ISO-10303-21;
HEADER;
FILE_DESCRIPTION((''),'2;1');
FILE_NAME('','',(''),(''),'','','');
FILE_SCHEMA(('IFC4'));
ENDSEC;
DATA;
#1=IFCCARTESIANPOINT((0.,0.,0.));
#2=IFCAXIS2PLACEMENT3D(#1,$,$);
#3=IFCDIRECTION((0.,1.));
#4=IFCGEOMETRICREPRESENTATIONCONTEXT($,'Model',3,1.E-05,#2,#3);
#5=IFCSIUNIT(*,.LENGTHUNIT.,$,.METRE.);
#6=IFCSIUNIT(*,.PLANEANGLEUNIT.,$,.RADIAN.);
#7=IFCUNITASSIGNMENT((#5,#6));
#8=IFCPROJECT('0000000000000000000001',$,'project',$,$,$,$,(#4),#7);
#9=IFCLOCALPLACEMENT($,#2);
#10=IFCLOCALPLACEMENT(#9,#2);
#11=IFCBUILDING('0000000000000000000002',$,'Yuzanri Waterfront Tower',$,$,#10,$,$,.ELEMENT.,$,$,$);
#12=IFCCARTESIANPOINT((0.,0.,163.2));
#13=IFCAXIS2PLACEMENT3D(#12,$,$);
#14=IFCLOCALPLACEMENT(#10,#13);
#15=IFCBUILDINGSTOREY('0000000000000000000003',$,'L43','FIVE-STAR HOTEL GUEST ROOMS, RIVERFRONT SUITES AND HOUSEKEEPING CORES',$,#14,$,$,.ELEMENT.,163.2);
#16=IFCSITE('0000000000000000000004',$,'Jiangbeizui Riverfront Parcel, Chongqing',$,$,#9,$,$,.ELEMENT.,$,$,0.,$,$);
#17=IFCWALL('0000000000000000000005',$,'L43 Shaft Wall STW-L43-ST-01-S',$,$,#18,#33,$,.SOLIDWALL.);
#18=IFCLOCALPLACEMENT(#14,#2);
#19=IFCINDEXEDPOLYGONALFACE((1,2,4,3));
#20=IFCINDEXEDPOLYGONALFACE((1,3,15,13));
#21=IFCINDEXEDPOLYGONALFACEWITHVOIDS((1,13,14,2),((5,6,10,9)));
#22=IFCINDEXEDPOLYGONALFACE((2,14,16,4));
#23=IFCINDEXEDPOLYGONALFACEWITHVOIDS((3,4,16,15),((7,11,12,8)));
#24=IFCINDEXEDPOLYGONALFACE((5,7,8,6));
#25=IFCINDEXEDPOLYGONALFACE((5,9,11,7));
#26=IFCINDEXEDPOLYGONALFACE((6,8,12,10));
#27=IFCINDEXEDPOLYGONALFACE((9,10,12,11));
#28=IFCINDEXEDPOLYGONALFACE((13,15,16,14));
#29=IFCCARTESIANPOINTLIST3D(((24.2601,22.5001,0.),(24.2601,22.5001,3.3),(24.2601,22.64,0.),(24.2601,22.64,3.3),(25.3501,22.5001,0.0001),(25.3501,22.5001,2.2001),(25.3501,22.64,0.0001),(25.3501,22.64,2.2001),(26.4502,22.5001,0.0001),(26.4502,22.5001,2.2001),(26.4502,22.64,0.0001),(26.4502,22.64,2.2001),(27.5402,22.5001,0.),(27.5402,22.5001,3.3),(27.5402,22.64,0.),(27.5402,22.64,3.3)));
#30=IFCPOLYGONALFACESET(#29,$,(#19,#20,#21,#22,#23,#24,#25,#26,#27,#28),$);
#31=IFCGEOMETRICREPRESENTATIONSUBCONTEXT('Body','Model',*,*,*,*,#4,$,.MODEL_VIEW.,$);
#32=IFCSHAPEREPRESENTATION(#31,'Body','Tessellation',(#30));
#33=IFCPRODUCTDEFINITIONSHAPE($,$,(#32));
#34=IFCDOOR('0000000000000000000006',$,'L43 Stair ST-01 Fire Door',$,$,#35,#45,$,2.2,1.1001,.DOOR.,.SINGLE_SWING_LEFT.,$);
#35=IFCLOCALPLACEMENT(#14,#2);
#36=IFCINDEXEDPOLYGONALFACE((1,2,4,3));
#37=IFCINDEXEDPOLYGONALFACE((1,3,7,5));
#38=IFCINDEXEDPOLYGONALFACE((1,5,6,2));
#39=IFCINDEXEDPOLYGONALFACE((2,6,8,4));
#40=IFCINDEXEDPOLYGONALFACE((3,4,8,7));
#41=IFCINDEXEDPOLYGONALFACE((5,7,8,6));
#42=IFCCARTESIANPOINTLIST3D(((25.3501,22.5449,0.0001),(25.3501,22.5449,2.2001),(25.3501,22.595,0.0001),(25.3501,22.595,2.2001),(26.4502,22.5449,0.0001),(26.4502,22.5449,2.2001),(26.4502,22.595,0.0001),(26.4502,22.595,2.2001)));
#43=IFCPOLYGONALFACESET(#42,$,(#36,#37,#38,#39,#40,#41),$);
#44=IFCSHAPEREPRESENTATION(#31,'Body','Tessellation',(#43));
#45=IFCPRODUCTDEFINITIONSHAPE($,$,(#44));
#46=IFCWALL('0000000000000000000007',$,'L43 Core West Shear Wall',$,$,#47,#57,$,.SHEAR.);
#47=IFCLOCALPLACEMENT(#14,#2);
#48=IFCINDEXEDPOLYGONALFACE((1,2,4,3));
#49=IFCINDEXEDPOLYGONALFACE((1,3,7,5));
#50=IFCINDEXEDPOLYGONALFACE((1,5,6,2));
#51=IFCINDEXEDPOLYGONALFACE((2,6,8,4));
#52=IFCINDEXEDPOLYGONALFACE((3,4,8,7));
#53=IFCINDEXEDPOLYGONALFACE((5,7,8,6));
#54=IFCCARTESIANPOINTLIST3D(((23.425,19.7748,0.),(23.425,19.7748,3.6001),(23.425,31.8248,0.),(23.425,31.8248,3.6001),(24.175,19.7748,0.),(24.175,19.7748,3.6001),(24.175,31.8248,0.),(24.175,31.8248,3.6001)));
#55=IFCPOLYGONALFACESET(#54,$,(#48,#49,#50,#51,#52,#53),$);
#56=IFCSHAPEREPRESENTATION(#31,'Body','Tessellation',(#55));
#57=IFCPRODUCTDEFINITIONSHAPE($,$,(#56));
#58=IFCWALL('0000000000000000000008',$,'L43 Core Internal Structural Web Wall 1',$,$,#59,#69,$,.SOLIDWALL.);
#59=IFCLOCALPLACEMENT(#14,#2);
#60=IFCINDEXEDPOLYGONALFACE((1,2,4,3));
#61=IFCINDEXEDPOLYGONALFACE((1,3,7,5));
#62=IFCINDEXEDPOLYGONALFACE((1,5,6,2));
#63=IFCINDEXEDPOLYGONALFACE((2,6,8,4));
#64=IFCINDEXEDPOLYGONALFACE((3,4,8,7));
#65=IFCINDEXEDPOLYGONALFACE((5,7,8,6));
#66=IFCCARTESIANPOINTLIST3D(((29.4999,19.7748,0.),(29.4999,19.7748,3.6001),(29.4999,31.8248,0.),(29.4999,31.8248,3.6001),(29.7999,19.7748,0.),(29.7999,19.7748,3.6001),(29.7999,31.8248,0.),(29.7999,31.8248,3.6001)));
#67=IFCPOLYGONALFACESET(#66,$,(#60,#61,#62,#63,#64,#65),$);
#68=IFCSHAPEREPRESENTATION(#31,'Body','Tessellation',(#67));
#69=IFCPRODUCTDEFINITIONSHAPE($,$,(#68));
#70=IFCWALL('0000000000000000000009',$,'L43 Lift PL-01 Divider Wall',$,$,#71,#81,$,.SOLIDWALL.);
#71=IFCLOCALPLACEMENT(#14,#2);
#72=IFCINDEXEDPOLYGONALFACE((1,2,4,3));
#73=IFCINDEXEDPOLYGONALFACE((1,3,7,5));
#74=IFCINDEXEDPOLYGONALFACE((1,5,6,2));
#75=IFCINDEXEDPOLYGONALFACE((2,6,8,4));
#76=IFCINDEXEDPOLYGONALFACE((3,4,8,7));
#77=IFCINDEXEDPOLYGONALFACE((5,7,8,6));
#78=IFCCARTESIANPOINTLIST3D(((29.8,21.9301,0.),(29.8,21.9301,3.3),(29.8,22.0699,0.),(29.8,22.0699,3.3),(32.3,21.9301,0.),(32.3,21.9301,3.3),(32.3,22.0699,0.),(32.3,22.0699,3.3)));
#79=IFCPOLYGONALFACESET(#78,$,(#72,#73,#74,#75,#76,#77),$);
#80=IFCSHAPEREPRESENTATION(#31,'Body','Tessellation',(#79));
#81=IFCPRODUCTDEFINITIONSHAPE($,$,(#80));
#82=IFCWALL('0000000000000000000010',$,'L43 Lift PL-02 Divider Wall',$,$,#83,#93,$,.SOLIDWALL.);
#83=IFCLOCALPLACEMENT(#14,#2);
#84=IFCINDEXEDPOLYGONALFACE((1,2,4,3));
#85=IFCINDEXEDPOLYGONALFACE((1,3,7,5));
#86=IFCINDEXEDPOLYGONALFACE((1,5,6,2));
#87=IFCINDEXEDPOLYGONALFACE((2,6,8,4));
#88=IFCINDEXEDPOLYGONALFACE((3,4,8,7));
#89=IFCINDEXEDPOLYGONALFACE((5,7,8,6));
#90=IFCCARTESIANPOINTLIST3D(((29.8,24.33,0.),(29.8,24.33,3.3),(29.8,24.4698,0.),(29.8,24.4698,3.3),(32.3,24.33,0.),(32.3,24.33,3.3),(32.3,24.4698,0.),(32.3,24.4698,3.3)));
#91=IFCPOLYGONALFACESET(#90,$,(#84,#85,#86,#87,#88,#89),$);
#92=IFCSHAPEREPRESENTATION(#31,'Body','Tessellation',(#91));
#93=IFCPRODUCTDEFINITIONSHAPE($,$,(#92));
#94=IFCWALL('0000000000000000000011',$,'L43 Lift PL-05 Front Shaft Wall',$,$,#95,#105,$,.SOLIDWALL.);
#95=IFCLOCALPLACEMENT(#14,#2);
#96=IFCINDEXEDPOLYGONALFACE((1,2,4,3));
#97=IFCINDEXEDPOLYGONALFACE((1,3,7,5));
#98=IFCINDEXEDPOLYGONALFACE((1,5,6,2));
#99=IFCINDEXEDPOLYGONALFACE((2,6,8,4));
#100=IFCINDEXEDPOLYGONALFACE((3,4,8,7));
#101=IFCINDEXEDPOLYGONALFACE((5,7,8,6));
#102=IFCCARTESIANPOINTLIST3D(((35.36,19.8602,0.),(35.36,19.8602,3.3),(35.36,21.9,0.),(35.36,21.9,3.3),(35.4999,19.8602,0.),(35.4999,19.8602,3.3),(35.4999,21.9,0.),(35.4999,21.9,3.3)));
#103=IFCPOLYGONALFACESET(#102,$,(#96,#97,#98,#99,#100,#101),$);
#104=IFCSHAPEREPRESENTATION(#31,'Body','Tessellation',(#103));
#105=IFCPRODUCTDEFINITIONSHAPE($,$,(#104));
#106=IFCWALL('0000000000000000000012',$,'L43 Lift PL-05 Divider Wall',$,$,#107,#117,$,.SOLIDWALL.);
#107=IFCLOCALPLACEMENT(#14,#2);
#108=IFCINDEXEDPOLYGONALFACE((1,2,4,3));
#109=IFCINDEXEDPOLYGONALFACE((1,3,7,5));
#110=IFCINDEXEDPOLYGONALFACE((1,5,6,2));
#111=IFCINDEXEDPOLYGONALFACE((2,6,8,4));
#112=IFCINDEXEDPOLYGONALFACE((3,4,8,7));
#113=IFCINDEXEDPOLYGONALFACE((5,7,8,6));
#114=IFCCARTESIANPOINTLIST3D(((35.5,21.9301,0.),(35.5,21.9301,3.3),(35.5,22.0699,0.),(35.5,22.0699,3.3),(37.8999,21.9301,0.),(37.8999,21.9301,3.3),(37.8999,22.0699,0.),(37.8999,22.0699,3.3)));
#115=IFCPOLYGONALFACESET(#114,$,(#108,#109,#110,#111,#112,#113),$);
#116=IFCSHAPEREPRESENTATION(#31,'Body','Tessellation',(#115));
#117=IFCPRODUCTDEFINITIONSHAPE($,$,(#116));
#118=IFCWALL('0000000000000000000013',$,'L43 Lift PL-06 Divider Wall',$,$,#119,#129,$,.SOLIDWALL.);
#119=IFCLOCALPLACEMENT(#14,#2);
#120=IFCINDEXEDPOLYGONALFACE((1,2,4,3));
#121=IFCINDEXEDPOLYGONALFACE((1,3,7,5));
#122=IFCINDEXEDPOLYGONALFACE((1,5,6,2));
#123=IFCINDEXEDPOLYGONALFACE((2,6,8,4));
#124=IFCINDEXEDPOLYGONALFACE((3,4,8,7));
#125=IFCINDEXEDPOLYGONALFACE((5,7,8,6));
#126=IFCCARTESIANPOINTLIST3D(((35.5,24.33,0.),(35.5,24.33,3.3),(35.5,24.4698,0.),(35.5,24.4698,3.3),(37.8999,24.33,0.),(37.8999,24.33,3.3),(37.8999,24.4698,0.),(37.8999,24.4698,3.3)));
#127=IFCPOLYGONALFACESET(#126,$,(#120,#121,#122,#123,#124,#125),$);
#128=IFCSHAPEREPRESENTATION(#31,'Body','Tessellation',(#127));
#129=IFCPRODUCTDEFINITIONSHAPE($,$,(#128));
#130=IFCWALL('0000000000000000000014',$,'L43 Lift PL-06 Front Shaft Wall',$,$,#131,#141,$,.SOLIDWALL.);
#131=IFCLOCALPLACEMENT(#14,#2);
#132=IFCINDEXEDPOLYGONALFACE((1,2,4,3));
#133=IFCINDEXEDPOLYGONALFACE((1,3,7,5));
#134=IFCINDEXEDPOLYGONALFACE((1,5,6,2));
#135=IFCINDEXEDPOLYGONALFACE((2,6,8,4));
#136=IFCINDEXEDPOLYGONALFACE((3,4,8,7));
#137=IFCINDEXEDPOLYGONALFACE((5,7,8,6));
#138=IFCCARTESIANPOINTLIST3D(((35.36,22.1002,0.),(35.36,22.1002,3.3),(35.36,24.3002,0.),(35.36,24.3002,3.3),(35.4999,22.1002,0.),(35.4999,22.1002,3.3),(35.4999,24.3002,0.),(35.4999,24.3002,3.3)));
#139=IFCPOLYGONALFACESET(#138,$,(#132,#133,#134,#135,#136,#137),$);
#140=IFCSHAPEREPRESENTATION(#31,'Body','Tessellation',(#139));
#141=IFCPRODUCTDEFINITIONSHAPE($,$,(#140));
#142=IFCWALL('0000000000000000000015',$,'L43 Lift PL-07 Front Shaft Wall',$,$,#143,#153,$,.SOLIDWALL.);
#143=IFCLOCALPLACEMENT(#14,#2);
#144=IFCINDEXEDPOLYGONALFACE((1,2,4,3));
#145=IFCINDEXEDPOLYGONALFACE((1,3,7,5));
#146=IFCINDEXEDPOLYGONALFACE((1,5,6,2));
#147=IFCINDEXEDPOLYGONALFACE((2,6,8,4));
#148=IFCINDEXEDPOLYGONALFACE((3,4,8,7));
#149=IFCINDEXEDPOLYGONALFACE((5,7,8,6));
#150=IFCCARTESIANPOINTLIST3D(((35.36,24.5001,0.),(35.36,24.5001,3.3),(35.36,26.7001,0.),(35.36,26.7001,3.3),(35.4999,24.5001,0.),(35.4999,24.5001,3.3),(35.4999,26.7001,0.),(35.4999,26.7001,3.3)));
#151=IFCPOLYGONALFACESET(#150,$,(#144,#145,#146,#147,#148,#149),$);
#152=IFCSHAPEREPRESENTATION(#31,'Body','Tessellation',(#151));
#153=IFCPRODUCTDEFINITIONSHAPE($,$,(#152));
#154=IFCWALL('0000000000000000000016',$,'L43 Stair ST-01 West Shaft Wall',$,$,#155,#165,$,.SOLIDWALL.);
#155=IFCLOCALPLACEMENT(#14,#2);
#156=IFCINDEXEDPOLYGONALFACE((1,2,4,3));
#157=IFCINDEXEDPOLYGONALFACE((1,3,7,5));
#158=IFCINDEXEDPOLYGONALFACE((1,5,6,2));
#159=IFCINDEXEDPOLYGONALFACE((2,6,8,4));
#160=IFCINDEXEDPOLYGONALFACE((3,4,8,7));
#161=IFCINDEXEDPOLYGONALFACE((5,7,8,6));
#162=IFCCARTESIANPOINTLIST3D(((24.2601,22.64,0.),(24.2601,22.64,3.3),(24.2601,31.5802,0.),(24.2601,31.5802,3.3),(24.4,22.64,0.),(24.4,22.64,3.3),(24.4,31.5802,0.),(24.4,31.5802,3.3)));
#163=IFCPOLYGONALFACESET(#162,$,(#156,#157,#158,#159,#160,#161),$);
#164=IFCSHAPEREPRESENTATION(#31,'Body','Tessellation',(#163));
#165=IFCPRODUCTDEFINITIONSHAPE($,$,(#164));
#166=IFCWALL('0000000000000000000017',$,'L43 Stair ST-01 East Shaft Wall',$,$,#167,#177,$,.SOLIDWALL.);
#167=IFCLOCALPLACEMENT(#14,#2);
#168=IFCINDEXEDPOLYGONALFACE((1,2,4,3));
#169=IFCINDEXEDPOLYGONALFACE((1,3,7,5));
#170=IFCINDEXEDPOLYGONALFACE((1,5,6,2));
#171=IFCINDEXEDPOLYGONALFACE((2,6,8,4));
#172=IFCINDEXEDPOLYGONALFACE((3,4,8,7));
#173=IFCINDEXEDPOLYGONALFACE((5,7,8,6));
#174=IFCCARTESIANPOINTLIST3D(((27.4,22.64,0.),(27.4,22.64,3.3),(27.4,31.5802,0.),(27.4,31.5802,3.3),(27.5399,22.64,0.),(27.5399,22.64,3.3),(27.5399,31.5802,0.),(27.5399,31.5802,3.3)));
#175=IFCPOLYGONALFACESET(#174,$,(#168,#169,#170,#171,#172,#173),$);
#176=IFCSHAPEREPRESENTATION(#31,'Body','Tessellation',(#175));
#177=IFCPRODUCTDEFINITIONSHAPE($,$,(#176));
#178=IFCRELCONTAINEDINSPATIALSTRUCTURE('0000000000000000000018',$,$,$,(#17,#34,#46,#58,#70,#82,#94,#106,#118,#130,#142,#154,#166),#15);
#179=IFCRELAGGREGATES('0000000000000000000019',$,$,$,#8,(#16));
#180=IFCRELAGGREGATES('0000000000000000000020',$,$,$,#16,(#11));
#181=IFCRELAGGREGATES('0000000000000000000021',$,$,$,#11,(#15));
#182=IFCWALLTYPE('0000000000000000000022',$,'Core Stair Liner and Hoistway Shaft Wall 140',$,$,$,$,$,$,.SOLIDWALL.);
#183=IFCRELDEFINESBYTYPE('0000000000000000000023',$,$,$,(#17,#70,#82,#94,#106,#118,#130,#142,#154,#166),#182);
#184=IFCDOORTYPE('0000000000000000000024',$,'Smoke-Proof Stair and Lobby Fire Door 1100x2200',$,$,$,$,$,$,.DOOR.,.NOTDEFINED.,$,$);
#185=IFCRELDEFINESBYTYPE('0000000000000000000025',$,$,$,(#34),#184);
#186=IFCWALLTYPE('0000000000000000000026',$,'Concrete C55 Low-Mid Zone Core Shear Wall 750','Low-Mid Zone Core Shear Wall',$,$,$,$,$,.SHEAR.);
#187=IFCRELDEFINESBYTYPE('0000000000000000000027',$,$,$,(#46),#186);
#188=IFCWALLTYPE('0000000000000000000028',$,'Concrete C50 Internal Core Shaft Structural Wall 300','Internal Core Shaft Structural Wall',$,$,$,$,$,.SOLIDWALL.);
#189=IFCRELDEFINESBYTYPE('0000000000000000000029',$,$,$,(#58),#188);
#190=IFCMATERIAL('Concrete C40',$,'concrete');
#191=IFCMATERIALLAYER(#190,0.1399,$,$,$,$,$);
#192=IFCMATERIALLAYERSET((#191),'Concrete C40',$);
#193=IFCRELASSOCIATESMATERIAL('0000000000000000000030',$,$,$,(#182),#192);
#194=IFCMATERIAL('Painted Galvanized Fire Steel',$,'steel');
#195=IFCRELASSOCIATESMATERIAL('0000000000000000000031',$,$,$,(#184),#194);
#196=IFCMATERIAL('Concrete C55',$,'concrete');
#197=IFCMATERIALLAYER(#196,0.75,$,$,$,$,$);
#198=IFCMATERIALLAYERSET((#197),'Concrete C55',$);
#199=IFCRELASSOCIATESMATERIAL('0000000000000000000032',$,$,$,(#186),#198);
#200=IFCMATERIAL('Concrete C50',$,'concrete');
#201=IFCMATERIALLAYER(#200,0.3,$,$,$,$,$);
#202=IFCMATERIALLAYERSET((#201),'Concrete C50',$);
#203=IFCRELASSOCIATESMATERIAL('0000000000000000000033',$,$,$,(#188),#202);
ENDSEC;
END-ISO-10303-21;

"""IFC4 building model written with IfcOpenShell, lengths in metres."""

from ifc_helpers import new_model, si_unit, direction, frame, frame_2d, origin, place, context, subcontext, project, spatial, rectangle, extrude, source, transform, mapped, material, layer, layer_set, type_object, element, fill, save


model = new_model("IFC4")

# Units and contexts
model_context = context("Model", 3, precision=1e-05, world=origin(), true_north=direction((0.0, 1.0)))
body_context = subcontext(model_context, "Body", "Model", "MODEL_VIEW")
ifc_project = project(units=[si_unit("LENGTHUNIT", "METRE"), si_unit("PLANEANGLEUNIT", "RADIAN")], contexts=[model_context])

# Site, building, storey
site_placement = place(None, origin())
site = spatial("IfcSite", under=ifc_project, at=site_placement, Name="Jiangbeizui Riverfront Parcel, Chongqing", CompositionType="ELEMENT", RefElevation=0.0)
building_placement = place(site_placement, origin())
building = spatial("IfcBuilding", under=site, at=building_placement, Name="Yuzanri Waterfront Tower", CompositionType="ELEMENT")
storey_placement = place(building_placement, frame((0.0, 0.0, 163.2)))
storey = spatial("IfcBuildingStorey", under=building, at=storey_placement, Name="L43", Description="FIVE-STAR HOTEL GUEST ROOMS, RIVERFRONT SUITES AND HOUSEKEEPING CORES", CompositionType="ELEMENT", Elevation=163.2)

# Wall, opening, door
ifc_material_1 = material(Name="Concrete C40", Category="concrete")
ifc_layer_1 = layer(ifc_material_1, 0.1399)
ifc_layer_set_1 = layer_set([ifc_layer_1], Name="Concrete C40")
wall_type_1 = type_object("IfcWallType", Name="Core Stair Liner and Hoistway Shaft Wall 140", PredefinedType="SOLIDWALL", material=ifc_layer_set_1)
wall_1_placement = place(storey_placement, frame((24.26, 22.5701, 0.0), z_axis=(0.0, 0.0, 1.0), x_axis=(1.0, 0.0, 0.0)))
wall_1 = element("IfcWall", 1, at=wall_1_placement, inside=storey, type_object=wall_type_1, Name="L43 Shaft Wall STW-L43-ST-01-S", PredefinedType="SOLIDWALL", context=body_context, shape_type="SweptSolid", body=[
    extrude(rectangle(XDim=3.28, YDim=0.1399, at=frame_2d((1.6401, 0.0))), origin(), (0.0, 0.0, 1.0), 3.3),
])
opening_1_placement = place(wall_1_placement, frame((1.0901, 0.0, 0.0)))
opening_1 = element("IfcOpeningElement", 2, at=opening_1_placement, cuts=wall_1, PredefinedType="OPENING", context=body_context, shape_type="SweptSolid", body=[
    extrude(rectangle(XDim=1.1001, YDim=2.2, at=frame_2d((0.55, 1.1001))), frame((0.0, 0.085, 0.0), z_axis=(0.0, -1.0, 0.0), x_axis=(1.0, 0.0, 0.0)), (0.0, 0.0, 1.0), 0.1697),
])
ifc_material_2 = material(Name="Painted Galvanized Fire Steel", Category="steel")
door_type_1 = type_object("IfcDoorType", Name="Smoke-Proof Stair and Lobby Fire Door 1100x2200", OperationType="NOTDEFINED", PredefinedType="DOOR", material=ifc_material_2)
shared_shape_1 = source(origin(), body_context, "Body", "SweptSolid", [
    extrude(rectangle(XDim=1.1001, YDim=2.2, at=frame_2d((0.55, 1.1001))), frame((0.0, 0.0249, 0.0), z_axis=(0.0, -1.0, 0.0), x_axis=(1.0, 0.0, 0.0)), (0.0, 0.0, 1.0), 0.05),
])
door_1_placement = place(opening_1_placement, origin())
door_1 = element("IfcDoor", 3, at=door_1_placement, inside=storey, type_object=door_type_1, Name="L43 Stair ST-01 Fire Door", OperationType="SINGLE_SWING_LEFT", OverallHeight=2.2, OverallWidth=1.1001, PredefinedType="DOOR", context=body_context, shape_type="MappedRepresentation", body=[
    mapped(shared_shape_1, transform((0.0, 0.0, 0.0), scale=1.0)),
])
fill(opening_1, door_1)

# Walls
ifc_material_3 = material(Name="Concrete C55", Category="concrete")
ifc_layer_2 = layer(ifc_material_3, 0.75)
ifc_layer_set_2 = layer_set([ifc_layer_2], Name="Concrete C55")
wall_type_2 = type_object("IfcWallType", Name="Concrete C55 Low-Mid Zone Core Shear Wall 750", Description="Low-Mid Zone Core Shear Wall", PredefinedType="SHEAR", material=ifc_layer_set_2)
shared_shape_2 = source(origin(), body_context, "Body", "SweptSolid", [
    extrude(rectangle(XDim=12.05, YDim=0.75, at=frame_2d((6.0249, 0.0))), origin(), (0.0, 0.0, 1.0), 3.6001),
])
wall_2_placement = place(storey_placement, frame((23.8, 19.7749, 0.0), z_axis=(0.0, 0.0, 1.0), x_axis=(0.0, 1.0, 0.0)))
element("IfcWall", 4, at=wall_2_placement, inside=storey, type_object=wall_type_2, Name="L43 Core West Shear Wall", PredefinedType="SHEAR", context=body_context, shape_type="MappedRepresentation", body=[
    mapped(shared_shape_2, transform((0.0, 0.0, 0.0), scale=1.0)),
])
ifc_material_4 = material(Name="Concrete C50", Category="concrete")
ifc_layer_3 = layer(ifc_material_4, 0.3)
ifc_layer_set_3 = layer_set([ifc_layer_3], Name="Concrete C50")
wall_type_3 = type_object("IfcWallType", Name="Concrete C50 Internal Core Shaft Structural Wall 300", Description="Internal Core Shaft Structural Wall", PredefinedType="SOLIDWALL", material=ifc_layer_set_3)
shared_shape_3 = source(origin(), body_context, "Body", "SweptSolid", [
    extrude(rectangle(XDim=12.05, YDim=0.3, at=frame_2d((6.0249, 0.0))), origin(), (0.0, 0.0, 1.0), 3.6001),
])
wall_3_placement = place(storey_placement, frame((29.6499, 19.7749, 0.0), z_axis=(0.0, 0.0, 1.0), x_axis=(0.0, 1.0, 0.0)))
element("IfcWall", 5, at=wall_3_placement, inside=storey, type_object=wall_type_3, Name="L43 Core Internal Structural Web Wall 1", PredefinedType="SOLIDWALL", context=body_context, shape_type="MappedRepresentation", body=[
    mapped(shared_shape_3, transform((0.0, 0.0, 0.0), scale=1.0)),
])
shared_shape_4 = source(origin(), body_context, "Body", "SweptSolid", [
    extrude(rectangle(XDim=2.5, YDim=0.1399, at=frame_2d((1.25, 0.0))), origin(), (0.0, 0.0, 1.0), 3.3),
])
for number, where, z_axis, x_axis, name in (
    (6, (29.8, 22.0, 0.0), (0.0, 0.0, 1.0), (1.0, 0.0, 0.0), "L43 Lift PL-01 Divider Wall"),
    (7, (29.8, 24.3999, 0.0), (0.0, 0.0, 1.0), (1.0, 0.0, 0.0), "L43 Lift PL-02 Divider Wall"),
):
    element("IfcWall", number, at=place(storey_placement, frame(where, z_axis=z_axis, x_axis=x_axis)), inside=storey, type_object=wall_type_1, Name=name, PredefinedType="SOLIDWALL", context=body_context, shape_type="MappedRepresentation", body=[
        mapped(shared_shape_4, transform((0.0, 0.0, 0.0), scale=1.0)),
    ])
shared_shape_5 = source(origin(), body_context, "Body", "SweptSolid", [
    extrude(rectangle(XDim=2.0398, YDim=0.1399, at=frame_2d((1.02, 0.0))), origin(), (0.0, 0.0, 1.0), 3.3),
])
wall_4_placement = place(storey_placement, frame((35.4299, 19.8601, 0.0), z_axis=(0.0, 0.0, 1.0), x_axis=(0.0, 1.0, 0.0)))
element("IfcWall", 8, at=wall_4_placement, inside=storey, type_object=wall_type_1, Name="L43 Lift PL-05 Front Shaft Wall", PredefinedType="SOLIDWALL", context=body_context, shape_type="MappedRepresentation", body=[
    mapped(shared_shape_5, transform((0.0, 0.0, 0.0), scale=1.0)),
])
shared_shape_6 = source(origin(), body_context, "Body", "SweptSolid", [
    extrude(rectangle(XDim=2.3999, YDim=0.1399, at=frame_2d((1.2, 0.0))), origin(), (0.0, 0.0, 1.0), 3.3),
])
for number, where, z_axis, x_axis, name in (
    (9, (35.5, 22.0, 0.0), (0.0, 0.0, 1.0), (1.0, 0.0, 0.0), "L43 Lift PL-05 Divider Wall"),
    (10, (35.5, 24.3999, 0.0), (0.0, 0.0, 1.0), (1.0, 0.0, 0.0), "L43 Lift PL-06 Divider Wall"),
):
    element("IfcWall", number, at=place(storey_placement, frame(where, z_axis=z_axis, x_axis=x_axis)), inside=storey, type_object=wall_type_1, Name=name, PredefinedType="SOLIDWALL", context=body_context, shape_type="MappedRepresentation", body=[
        mapped(shared_shape_6, transform((0.0, 0.0, 0.0), scale=1.0)),
    ])
shared_shape_7 = source(origin(), body_context, "Body", "SweptSolid", [
    extrude(rectangle(XDim=2.2, YDim=0.1399, at=frame_2d((1.1001, 0.0))), origin(), (0.0, 0.0, 1.0), 3.3),
])
for number, where, z_axis, x_axis, name in (
    (11, (35.4299, 22.1001, 0.0), (0.0, 0.0, 1.0), (0.0, 1.0, 0.0), "L43 Lift PL-06 Front Shaft Wall"),
    (12, (35.4299, 24.5, 0.0), (0.0, 0.0, 1.0), (0.0, 1.0, 0.0), "L43 Lift PL-07 Front Shaft Wall"),
):
    element("IfcWall", number, at=place(storey_placement, frame(where, z_axis=z_axis, x_axis=x_axis)), inside=storey, type_object=wall_type_1, Name=name, PredefinedType="SOLIDWALL", context=body_context, shape_type="MappedRepresentation", body=[
        mapped(shared_shape_7, transform((0.0, 0.0, 0.0), scale=1.0)),
    ])
shared_shape_8 = source(origin(), body_context, "Body", "SweptSolid", [
    extrude(rectangle(XDim=8.9402, YDim=0.1399, at=frame_2d((4.4702, 0.0))), origin(), (0.0, 0.0, 1.0), 3.3),
])
for number, where, z_axis, x_axis, name in (
    (13, (24.3301, 22.6399, 0.0), (0.0, 0.0, 1.0), (0.0, 1.0, 0.0), "L43 Stair ST-01 West Shaft Wall"),
    (14, (27.47, 22.6399, 0.0), (0.0, 0.0, 1.0), (0.0, 1.0, 0.0), "L43 Stair ST-01 East Shaft Wall"),
):
    element("IfcWall", number, at=place(storey_placement, frame(where, z_axis=z_axis, x_axis=x_axis)), inside=storey, type_object=wall_type_1, Name=name, PredefinedType="SOLIDWALL", context=body_context, shape_type="MappedRepresentation", body=[
        mapped(shared_shape_8, transform((0.0, 0.0, 0.0), scale=1.0)),
    ])

save(model, "model.ifc")
